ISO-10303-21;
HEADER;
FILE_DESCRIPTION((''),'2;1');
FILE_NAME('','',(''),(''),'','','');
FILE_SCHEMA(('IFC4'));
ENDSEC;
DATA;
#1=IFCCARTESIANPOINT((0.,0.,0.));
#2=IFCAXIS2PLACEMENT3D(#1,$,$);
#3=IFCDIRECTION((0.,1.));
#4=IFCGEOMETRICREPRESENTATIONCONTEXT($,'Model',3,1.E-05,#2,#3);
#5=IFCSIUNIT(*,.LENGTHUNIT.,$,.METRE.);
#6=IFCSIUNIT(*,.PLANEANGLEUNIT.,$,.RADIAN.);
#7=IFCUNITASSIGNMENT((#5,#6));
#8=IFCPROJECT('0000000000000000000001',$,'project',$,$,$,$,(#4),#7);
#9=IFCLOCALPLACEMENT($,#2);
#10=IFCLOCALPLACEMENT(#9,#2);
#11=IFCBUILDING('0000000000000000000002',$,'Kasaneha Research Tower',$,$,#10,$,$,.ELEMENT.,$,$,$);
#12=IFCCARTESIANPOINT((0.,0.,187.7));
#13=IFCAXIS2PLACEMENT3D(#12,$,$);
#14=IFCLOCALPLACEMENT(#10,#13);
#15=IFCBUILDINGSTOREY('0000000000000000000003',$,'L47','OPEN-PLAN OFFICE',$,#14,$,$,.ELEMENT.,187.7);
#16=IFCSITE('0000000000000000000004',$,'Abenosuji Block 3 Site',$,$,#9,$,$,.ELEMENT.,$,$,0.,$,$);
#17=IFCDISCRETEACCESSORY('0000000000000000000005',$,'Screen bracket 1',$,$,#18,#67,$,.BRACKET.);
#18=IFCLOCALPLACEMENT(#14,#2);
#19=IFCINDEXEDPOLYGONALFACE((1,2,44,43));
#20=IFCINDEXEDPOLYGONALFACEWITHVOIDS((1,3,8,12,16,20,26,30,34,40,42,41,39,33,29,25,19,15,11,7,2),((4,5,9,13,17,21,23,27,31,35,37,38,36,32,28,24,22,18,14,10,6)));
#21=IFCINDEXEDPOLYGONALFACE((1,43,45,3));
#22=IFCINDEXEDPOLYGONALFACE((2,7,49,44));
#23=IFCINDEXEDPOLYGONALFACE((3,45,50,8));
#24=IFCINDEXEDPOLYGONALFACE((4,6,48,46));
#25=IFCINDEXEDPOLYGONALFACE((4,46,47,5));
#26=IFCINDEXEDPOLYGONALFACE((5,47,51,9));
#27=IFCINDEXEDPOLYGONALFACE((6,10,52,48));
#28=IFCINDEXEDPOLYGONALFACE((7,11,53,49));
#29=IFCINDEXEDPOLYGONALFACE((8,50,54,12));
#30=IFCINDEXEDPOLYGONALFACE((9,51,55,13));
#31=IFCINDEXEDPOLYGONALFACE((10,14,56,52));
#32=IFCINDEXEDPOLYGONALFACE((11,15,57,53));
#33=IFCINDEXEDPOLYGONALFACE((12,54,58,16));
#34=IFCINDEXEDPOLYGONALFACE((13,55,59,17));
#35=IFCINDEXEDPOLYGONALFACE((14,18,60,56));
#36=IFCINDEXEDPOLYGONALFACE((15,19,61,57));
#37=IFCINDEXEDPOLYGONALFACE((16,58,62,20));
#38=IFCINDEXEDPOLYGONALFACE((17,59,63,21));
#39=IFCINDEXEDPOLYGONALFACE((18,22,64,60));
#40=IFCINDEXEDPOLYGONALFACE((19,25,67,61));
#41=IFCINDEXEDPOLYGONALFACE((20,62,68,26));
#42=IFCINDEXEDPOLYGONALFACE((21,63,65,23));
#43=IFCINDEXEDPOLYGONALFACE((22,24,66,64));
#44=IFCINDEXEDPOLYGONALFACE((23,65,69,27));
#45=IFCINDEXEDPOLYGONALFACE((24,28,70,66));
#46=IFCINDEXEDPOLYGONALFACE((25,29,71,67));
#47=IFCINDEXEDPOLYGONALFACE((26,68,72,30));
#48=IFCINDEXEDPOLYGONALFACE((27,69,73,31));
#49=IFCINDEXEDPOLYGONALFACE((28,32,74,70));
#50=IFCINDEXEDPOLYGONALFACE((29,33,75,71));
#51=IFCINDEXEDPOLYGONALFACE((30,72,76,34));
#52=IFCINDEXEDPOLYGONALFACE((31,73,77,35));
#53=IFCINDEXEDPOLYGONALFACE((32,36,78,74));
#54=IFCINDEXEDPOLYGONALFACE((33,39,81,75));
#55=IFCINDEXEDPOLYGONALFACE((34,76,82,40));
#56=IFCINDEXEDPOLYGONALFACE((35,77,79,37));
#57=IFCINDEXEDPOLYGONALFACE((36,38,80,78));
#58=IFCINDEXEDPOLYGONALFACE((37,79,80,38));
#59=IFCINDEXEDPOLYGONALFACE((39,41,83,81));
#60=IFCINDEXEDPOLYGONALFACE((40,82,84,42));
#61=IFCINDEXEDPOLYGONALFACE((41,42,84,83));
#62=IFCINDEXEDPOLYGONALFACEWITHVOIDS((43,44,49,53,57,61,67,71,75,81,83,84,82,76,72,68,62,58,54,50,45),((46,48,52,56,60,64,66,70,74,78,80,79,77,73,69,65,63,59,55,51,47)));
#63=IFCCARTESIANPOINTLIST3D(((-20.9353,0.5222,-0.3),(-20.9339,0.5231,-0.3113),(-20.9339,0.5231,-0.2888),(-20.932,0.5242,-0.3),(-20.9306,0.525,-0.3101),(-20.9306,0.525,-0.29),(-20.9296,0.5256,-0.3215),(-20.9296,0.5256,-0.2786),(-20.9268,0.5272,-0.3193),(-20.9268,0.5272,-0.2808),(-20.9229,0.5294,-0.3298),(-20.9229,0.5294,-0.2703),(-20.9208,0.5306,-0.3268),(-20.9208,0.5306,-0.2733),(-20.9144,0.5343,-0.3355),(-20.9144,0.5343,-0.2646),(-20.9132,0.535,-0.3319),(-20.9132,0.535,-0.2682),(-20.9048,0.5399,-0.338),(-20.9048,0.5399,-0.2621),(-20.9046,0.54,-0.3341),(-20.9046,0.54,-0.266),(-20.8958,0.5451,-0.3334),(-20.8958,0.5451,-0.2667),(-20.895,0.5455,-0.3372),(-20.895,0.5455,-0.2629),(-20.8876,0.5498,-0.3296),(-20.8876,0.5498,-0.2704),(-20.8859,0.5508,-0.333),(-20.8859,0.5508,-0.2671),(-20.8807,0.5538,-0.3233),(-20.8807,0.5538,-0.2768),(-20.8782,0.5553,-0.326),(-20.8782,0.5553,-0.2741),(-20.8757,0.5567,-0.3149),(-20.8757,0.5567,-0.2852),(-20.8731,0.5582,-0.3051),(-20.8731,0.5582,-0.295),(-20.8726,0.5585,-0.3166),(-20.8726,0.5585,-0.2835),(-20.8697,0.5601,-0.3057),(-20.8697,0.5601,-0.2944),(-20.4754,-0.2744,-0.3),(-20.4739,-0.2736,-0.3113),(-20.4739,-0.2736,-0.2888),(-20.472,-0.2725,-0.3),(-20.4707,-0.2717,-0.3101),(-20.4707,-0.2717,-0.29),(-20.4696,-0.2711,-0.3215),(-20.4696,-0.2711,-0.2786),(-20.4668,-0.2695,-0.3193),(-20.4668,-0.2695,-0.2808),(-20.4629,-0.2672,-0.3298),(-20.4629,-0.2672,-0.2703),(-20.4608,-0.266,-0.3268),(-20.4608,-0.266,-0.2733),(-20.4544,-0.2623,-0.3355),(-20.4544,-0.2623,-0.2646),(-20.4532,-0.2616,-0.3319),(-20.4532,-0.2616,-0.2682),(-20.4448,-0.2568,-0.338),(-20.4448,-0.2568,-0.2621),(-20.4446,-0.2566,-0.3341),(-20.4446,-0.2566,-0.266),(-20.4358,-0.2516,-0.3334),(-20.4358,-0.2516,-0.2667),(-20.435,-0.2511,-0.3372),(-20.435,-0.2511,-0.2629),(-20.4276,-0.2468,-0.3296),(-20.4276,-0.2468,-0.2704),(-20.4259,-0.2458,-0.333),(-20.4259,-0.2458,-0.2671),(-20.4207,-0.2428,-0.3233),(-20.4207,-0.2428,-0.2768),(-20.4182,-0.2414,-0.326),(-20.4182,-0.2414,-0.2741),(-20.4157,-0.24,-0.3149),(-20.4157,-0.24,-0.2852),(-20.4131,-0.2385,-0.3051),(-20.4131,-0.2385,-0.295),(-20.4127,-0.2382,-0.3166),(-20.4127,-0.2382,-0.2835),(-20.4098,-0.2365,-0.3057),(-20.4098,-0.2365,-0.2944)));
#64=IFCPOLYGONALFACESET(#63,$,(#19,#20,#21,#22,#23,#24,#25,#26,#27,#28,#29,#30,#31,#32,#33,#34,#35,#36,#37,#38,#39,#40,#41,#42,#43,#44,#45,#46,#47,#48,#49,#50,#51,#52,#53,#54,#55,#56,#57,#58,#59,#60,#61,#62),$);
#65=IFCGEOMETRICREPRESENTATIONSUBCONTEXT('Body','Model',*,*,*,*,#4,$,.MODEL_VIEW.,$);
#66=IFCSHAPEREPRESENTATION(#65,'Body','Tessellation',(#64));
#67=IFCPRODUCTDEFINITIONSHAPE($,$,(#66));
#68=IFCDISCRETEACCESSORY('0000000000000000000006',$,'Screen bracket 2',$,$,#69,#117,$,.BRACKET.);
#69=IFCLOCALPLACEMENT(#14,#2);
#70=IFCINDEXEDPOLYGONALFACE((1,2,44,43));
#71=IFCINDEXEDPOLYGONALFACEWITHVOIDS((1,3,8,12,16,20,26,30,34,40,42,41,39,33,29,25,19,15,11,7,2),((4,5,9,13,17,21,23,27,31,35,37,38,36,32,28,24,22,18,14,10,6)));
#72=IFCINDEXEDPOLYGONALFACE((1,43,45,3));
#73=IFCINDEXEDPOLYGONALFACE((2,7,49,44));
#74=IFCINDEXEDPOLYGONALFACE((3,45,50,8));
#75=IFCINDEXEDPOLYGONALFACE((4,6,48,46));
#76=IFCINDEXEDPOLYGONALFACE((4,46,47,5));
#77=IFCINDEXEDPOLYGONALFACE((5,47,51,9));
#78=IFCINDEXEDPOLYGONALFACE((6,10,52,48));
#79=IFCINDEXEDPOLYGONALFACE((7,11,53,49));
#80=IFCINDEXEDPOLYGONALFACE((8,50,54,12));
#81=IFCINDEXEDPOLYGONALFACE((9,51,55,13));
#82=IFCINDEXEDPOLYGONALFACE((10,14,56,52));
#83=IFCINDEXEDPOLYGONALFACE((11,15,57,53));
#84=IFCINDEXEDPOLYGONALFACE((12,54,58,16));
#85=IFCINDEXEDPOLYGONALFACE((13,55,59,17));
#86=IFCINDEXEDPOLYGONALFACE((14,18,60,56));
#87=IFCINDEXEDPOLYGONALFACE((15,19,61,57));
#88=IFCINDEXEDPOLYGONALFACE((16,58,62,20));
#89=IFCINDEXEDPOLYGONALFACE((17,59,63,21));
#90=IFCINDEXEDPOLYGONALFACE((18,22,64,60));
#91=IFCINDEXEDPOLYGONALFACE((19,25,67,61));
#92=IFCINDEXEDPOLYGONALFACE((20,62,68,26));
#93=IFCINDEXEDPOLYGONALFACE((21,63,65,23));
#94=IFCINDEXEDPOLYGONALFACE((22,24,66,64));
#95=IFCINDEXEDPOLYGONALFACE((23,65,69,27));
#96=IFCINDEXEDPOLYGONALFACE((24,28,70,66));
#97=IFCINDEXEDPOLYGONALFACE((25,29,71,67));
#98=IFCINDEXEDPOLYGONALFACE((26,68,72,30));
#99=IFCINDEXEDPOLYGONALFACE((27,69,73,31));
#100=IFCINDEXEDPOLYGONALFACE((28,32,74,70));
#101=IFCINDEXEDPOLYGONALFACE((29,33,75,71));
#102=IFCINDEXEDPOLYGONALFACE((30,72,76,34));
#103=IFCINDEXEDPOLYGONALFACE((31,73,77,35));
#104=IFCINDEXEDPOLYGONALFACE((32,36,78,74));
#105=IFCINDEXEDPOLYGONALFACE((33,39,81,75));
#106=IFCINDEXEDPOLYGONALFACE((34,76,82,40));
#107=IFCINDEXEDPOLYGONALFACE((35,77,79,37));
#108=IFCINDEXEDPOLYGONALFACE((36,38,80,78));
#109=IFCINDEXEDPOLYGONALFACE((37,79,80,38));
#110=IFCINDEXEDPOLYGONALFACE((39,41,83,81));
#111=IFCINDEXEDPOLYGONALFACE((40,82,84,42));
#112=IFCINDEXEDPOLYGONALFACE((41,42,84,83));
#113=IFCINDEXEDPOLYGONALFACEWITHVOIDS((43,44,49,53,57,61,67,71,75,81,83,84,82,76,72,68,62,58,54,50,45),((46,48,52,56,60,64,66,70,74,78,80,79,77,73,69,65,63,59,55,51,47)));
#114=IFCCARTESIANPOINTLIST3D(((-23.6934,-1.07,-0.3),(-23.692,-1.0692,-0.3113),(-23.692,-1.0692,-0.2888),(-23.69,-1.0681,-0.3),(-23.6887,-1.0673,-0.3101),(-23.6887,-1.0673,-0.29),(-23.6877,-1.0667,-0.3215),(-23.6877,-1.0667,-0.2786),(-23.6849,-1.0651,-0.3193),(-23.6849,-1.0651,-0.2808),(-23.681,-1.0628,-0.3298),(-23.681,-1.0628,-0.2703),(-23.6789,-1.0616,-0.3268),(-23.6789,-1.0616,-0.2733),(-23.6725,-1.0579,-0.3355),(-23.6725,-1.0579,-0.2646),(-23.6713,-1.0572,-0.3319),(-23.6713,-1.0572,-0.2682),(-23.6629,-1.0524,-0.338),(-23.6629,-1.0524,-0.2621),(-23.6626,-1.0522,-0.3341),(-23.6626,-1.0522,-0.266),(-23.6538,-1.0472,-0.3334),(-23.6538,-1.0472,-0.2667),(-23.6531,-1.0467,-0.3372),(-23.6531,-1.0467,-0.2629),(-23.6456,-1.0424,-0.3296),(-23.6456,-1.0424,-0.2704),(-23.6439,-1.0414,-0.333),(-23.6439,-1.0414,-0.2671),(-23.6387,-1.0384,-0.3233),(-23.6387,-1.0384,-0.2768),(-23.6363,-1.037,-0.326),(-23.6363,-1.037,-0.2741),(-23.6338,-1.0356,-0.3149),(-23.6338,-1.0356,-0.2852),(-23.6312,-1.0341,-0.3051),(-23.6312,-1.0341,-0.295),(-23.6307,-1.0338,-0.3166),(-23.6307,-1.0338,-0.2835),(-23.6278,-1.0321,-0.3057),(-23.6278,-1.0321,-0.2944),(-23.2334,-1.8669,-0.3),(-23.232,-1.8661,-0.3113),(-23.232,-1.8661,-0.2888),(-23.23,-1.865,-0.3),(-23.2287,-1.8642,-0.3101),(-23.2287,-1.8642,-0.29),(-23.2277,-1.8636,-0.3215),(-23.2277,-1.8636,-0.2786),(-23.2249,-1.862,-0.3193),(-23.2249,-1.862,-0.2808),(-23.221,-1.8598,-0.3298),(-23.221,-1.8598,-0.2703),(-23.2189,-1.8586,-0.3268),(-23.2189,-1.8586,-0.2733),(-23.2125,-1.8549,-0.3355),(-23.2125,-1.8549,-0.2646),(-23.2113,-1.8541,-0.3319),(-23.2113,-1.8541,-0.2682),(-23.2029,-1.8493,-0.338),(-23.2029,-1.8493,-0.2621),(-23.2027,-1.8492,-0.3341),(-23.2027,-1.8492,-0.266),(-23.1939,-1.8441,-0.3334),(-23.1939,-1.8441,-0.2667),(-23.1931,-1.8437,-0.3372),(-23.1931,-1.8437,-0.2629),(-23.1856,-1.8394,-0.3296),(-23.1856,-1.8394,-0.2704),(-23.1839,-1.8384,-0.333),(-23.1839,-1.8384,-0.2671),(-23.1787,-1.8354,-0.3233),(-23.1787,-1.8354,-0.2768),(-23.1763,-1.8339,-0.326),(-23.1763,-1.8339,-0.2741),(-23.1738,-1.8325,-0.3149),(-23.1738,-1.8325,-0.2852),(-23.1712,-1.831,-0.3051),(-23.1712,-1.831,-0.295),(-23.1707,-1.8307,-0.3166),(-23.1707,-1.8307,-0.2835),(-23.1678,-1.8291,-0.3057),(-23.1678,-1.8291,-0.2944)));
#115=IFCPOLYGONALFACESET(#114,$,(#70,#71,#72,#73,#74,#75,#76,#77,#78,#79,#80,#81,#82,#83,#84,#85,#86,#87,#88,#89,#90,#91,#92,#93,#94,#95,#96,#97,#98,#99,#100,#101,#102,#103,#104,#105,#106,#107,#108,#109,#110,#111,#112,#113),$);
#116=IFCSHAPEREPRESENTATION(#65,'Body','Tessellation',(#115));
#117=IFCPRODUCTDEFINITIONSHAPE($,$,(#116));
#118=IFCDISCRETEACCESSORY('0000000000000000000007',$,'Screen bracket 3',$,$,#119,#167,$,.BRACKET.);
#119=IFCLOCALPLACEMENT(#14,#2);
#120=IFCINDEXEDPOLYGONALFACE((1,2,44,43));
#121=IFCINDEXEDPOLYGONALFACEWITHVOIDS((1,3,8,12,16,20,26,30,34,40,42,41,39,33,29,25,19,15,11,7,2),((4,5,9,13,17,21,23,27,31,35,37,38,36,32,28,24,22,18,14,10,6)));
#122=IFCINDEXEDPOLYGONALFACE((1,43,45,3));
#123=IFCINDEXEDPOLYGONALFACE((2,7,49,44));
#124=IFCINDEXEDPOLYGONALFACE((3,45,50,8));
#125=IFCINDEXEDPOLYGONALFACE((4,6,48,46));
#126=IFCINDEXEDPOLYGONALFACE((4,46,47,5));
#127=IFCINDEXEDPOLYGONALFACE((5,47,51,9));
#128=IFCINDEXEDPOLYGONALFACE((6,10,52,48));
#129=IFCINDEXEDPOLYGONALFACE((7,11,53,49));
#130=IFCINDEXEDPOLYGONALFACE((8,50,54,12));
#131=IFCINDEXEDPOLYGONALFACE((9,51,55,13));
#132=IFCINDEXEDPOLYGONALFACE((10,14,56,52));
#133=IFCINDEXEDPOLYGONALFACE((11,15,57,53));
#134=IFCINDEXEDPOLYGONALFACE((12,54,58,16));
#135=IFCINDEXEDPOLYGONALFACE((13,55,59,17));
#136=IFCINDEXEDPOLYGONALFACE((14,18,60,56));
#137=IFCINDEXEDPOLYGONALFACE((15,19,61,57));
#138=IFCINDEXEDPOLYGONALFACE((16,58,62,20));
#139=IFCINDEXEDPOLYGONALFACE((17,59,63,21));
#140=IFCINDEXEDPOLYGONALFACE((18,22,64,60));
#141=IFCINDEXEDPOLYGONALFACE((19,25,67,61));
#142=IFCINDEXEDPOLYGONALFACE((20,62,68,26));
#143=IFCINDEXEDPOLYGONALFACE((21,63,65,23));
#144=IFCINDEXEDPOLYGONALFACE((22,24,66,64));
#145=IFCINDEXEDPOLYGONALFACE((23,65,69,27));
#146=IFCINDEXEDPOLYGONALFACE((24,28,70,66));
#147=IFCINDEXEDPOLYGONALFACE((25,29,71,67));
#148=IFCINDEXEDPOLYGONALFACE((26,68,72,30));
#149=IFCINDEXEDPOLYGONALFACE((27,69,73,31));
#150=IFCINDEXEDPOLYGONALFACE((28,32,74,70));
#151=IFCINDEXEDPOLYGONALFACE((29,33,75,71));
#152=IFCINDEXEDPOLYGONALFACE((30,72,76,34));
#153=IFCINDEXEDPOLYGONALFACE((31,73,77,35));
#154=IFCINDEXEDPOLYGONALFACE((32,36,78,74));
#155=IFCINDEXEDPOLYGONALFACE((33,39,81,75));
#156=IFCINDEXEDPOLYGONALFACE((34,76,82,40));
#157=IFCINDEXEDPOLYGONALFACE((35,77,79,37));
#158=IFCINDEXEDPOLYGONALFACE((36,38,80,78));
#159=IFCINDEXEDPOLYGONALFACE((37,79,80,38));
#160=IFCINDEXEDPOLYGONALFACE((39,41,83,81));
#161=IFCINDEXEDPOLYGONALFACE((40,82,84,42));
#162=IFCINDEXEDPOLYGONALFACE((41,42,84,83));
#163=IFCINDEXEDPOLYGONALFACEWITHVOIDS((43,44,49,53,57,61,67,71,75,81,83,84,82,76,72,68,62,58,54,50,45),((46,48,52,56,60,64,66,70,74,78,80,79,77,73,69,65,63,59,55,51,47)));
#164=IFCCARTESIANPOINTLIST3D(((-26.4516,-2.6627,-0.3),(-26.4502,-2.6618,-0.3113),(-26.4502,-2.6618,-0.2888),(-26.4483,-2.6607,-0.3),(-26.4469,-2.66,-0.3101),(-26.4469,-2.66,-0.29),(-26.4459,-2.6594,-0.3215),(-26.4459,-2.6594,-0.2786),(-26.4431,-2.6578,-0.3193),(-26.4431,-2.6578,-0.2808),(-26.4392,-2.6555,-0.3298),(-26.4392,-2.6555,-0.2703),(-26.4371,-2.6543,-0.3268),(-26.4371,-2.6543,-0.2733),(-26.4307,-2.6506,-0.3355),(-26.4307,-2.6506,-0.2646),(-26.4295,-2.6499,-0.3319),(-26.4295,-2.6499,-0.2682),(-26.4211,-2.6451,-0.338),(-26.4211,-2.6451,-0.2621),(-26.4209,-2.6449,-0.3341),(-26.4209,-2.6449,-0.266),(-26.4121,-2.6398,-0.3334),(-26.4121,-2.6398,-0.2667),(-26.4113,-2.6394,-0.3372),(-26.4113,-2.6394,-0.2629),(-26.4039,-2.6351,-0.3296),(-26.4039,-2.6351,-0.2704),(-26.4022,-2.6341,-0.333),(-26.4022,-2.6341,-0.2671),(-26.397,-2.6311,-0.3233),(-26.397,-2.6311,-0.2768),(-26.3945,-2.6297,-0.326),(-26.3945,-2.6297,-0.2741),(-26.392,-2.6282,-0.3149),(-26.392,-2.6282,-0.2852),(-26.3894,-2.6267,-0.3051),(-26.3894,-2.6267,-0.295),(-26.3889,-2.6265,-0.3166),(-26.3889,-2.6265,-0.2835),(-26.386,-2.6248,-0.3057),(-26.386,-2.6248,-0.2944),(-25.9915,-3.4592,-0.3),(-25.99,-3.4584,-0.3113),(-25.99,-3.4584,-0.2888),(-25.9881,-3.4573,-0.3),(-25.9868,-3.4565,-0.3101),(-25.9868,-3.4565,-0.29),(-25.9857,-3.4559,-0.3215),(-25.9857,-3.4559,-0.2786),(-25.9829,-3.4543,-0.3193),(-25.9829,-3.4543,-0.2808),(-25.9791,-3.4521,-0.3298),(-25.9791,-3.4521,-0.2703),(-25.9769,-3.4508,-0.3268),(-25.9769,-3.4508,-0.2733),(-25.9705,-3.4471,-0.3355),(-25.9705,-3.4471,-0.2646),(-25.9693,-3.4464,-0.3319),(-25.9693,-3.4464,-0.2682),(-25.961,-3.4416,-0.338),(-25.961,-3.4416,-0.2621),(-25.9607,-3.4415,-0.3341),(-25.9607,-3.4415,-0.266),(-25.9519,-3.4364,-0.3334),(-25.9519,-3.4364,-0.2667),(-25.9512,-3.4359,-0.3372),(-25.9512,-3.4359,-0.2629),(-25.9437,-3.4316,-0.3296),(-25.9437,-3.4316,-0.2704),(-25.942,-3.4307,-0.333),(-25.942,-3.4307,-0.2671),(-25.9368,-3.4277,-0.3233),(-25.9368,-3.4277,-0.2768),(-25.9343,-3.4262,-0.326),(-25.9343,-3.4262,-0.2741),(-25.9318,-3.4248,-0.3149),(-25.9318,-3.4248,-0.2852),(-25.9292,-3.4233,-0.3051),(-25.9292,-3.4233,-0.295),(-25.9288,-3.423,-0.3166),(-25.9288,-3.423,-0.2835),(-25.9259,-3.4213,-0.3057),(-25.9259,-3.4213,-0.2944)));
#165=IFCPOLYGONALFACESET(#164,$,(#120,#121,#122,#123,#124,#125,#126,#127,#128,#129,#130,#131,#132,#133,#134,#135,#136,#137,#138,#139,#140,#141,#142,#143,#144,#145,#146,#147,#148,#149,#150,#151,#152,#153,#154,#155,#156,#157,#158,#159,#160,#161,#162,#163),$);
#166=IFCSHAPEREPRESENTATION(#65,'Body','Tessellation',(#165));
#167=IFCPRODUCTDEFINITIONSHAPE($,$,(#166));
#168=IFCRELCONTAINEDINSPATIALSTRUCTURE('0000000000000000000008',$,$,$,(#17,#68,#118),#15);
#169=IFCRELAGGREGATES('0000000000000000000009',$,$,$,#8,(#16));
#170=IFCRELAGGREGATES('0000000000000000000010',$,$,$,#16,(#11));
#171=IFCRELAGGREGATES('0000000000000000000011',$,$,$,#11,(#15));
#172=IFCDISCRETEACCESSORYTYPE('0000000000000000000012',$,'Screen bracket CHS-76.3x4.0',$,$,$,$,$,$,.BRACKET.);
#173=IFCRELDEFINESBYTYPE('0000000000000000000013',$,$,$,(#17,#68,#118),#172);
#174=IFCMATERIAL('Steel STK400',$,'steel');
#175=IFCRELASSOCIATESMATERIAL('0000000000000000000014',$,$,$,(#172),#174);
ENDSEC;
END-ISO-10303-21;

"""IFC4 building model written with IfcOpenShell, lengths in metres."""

from ifc_helpers import new_model, si_unit, direction, frame, origin, origin_2d, place, context, subcontext, project, spatial, hollow_circle, extrude, material, material_profile, profile_set, type_object, element, save


model = new_model("IFC4")

# Units and contexts
model_context = context("Model", 3, precision=1e-05, world=origin(), true_north=direction((0.0, 1.0)))
body_context = subcontext(model_context, "Body", "Model", "MODEL_VIEW")
ifc_project = project(units=[si_unit("LENGTHUNIT", "METRE"), si_unit("PLANEANGLEUNIT", "RADIAN")], contexts=[model_context])

# Site, building, storey
site_placement = place(None, origin())
site = spatial("IfcSite", under=ifc_project, at=site_placement, Name="Abenosuji Block 3 Site", CompositionType="ELEMENT", RefElevation=0.0)
building_placement = place(site_placement, origin())
building = spatial("IfcBuilding", under=site, at=building_placement, Name="Kasaneha Research Tower", CompositionType="ELEMENT")
storey_placement = place(building_placement, frame((0.0, 0.0, 187.7)))
storey = spatial("IfcBuildingStorey", under=building, at=storey_placement, Name="L47", Description="OPEN-PLAN OFFICE", CompositionType="ELEMENT", Elevation=187.7)

# Discrete accessories
ifc_material_1 = material(Name="Steel STK400", Category="steel")
ifc_material_profile_1 = material_profile(ifc_material_1, hollow_circle(Radius=0.0381, WallThickness=0.0039, at=origin_2d()), Name="CHS-76.3x4.0")
ifc_profile_set_1 = profile_set([ifc_material_profile_1], Name="Steel STK400")
discrete_accessory_type = type_object("IfcDiscreteAccessoryType", Name="Screen bracket CHS-76.3x4.0", PredefinedType="BRACKET", material=ifc_profile_set_1)
for number, where, z_axis, x_axis, name in (
    (1, (-20.4424, -0.2554, -0.3), (-0.500021, 0.866013, 0.0), (-0.866013, -0.500021, 0.0), "Screen bracket 1"),
):
    element("IfcDiscreteAccessory", number, at=place(storey_placement, frame(where, z_axis=z_axis, x_axis=x_axis)), inside=storey, type_object=discrete_accessory_type, Name=name, PredefinedType="BRACKET", context=body_context, shape_type="SweptSolid", body=[
        extrude(hollow_circle(Radius=0.0381, WallThickness=0.0039, at=origin_2d()), origin(), (0.0, 0.0, 1.0), 0.9199),
    ])
discrete_accessory_1_placement = place(storey_placement, frame((-23.2004, -1.8479, -0.3), z_axis=(-0.499906, 0.86608, 0.0), x_axis=(-0.86608, -0.499906, 0.0)))
element("IfcDiscreteAccessory", 2, at=discrete_accessory_1_placement, inside=storey, type_object=discrete_accessory_type, Name="Screen bracket 2", PredefinedType="BRACKET", context=body_context, shape_type="SweptSolid", body=[
    extrude(hollow_circle(Radius=0.0381, WallThickness=0.0039, at=origin_2d()), origin(), (0.0, 0.0, 1.0), 0.9202),
])
discrete_accessory_2_placement = place(storey_placement, frame((-25.9585, -3.4402, -0.3), z_axis=(-0.50022, 0.865898, 0.0), x_axis=(-0.865898, -0.50022, 0.0)))
element("IfcDiscreteAccessory", 3, at=discrete_accessory_2_placement, inside=storey, type_object=discrete_accessory_type, Name="Screen bracket 3", PredefinedType="BRACKET", context=body_context, shape_type="SweptSolid", body=[
    extrude(hollow_circle(Radius=0.0381, WallThickness=0.0039, at=origin_2d()), origin(), (0.0, 0.0, 1.0), 0.9199),
])

save(model, "model.ifc")
